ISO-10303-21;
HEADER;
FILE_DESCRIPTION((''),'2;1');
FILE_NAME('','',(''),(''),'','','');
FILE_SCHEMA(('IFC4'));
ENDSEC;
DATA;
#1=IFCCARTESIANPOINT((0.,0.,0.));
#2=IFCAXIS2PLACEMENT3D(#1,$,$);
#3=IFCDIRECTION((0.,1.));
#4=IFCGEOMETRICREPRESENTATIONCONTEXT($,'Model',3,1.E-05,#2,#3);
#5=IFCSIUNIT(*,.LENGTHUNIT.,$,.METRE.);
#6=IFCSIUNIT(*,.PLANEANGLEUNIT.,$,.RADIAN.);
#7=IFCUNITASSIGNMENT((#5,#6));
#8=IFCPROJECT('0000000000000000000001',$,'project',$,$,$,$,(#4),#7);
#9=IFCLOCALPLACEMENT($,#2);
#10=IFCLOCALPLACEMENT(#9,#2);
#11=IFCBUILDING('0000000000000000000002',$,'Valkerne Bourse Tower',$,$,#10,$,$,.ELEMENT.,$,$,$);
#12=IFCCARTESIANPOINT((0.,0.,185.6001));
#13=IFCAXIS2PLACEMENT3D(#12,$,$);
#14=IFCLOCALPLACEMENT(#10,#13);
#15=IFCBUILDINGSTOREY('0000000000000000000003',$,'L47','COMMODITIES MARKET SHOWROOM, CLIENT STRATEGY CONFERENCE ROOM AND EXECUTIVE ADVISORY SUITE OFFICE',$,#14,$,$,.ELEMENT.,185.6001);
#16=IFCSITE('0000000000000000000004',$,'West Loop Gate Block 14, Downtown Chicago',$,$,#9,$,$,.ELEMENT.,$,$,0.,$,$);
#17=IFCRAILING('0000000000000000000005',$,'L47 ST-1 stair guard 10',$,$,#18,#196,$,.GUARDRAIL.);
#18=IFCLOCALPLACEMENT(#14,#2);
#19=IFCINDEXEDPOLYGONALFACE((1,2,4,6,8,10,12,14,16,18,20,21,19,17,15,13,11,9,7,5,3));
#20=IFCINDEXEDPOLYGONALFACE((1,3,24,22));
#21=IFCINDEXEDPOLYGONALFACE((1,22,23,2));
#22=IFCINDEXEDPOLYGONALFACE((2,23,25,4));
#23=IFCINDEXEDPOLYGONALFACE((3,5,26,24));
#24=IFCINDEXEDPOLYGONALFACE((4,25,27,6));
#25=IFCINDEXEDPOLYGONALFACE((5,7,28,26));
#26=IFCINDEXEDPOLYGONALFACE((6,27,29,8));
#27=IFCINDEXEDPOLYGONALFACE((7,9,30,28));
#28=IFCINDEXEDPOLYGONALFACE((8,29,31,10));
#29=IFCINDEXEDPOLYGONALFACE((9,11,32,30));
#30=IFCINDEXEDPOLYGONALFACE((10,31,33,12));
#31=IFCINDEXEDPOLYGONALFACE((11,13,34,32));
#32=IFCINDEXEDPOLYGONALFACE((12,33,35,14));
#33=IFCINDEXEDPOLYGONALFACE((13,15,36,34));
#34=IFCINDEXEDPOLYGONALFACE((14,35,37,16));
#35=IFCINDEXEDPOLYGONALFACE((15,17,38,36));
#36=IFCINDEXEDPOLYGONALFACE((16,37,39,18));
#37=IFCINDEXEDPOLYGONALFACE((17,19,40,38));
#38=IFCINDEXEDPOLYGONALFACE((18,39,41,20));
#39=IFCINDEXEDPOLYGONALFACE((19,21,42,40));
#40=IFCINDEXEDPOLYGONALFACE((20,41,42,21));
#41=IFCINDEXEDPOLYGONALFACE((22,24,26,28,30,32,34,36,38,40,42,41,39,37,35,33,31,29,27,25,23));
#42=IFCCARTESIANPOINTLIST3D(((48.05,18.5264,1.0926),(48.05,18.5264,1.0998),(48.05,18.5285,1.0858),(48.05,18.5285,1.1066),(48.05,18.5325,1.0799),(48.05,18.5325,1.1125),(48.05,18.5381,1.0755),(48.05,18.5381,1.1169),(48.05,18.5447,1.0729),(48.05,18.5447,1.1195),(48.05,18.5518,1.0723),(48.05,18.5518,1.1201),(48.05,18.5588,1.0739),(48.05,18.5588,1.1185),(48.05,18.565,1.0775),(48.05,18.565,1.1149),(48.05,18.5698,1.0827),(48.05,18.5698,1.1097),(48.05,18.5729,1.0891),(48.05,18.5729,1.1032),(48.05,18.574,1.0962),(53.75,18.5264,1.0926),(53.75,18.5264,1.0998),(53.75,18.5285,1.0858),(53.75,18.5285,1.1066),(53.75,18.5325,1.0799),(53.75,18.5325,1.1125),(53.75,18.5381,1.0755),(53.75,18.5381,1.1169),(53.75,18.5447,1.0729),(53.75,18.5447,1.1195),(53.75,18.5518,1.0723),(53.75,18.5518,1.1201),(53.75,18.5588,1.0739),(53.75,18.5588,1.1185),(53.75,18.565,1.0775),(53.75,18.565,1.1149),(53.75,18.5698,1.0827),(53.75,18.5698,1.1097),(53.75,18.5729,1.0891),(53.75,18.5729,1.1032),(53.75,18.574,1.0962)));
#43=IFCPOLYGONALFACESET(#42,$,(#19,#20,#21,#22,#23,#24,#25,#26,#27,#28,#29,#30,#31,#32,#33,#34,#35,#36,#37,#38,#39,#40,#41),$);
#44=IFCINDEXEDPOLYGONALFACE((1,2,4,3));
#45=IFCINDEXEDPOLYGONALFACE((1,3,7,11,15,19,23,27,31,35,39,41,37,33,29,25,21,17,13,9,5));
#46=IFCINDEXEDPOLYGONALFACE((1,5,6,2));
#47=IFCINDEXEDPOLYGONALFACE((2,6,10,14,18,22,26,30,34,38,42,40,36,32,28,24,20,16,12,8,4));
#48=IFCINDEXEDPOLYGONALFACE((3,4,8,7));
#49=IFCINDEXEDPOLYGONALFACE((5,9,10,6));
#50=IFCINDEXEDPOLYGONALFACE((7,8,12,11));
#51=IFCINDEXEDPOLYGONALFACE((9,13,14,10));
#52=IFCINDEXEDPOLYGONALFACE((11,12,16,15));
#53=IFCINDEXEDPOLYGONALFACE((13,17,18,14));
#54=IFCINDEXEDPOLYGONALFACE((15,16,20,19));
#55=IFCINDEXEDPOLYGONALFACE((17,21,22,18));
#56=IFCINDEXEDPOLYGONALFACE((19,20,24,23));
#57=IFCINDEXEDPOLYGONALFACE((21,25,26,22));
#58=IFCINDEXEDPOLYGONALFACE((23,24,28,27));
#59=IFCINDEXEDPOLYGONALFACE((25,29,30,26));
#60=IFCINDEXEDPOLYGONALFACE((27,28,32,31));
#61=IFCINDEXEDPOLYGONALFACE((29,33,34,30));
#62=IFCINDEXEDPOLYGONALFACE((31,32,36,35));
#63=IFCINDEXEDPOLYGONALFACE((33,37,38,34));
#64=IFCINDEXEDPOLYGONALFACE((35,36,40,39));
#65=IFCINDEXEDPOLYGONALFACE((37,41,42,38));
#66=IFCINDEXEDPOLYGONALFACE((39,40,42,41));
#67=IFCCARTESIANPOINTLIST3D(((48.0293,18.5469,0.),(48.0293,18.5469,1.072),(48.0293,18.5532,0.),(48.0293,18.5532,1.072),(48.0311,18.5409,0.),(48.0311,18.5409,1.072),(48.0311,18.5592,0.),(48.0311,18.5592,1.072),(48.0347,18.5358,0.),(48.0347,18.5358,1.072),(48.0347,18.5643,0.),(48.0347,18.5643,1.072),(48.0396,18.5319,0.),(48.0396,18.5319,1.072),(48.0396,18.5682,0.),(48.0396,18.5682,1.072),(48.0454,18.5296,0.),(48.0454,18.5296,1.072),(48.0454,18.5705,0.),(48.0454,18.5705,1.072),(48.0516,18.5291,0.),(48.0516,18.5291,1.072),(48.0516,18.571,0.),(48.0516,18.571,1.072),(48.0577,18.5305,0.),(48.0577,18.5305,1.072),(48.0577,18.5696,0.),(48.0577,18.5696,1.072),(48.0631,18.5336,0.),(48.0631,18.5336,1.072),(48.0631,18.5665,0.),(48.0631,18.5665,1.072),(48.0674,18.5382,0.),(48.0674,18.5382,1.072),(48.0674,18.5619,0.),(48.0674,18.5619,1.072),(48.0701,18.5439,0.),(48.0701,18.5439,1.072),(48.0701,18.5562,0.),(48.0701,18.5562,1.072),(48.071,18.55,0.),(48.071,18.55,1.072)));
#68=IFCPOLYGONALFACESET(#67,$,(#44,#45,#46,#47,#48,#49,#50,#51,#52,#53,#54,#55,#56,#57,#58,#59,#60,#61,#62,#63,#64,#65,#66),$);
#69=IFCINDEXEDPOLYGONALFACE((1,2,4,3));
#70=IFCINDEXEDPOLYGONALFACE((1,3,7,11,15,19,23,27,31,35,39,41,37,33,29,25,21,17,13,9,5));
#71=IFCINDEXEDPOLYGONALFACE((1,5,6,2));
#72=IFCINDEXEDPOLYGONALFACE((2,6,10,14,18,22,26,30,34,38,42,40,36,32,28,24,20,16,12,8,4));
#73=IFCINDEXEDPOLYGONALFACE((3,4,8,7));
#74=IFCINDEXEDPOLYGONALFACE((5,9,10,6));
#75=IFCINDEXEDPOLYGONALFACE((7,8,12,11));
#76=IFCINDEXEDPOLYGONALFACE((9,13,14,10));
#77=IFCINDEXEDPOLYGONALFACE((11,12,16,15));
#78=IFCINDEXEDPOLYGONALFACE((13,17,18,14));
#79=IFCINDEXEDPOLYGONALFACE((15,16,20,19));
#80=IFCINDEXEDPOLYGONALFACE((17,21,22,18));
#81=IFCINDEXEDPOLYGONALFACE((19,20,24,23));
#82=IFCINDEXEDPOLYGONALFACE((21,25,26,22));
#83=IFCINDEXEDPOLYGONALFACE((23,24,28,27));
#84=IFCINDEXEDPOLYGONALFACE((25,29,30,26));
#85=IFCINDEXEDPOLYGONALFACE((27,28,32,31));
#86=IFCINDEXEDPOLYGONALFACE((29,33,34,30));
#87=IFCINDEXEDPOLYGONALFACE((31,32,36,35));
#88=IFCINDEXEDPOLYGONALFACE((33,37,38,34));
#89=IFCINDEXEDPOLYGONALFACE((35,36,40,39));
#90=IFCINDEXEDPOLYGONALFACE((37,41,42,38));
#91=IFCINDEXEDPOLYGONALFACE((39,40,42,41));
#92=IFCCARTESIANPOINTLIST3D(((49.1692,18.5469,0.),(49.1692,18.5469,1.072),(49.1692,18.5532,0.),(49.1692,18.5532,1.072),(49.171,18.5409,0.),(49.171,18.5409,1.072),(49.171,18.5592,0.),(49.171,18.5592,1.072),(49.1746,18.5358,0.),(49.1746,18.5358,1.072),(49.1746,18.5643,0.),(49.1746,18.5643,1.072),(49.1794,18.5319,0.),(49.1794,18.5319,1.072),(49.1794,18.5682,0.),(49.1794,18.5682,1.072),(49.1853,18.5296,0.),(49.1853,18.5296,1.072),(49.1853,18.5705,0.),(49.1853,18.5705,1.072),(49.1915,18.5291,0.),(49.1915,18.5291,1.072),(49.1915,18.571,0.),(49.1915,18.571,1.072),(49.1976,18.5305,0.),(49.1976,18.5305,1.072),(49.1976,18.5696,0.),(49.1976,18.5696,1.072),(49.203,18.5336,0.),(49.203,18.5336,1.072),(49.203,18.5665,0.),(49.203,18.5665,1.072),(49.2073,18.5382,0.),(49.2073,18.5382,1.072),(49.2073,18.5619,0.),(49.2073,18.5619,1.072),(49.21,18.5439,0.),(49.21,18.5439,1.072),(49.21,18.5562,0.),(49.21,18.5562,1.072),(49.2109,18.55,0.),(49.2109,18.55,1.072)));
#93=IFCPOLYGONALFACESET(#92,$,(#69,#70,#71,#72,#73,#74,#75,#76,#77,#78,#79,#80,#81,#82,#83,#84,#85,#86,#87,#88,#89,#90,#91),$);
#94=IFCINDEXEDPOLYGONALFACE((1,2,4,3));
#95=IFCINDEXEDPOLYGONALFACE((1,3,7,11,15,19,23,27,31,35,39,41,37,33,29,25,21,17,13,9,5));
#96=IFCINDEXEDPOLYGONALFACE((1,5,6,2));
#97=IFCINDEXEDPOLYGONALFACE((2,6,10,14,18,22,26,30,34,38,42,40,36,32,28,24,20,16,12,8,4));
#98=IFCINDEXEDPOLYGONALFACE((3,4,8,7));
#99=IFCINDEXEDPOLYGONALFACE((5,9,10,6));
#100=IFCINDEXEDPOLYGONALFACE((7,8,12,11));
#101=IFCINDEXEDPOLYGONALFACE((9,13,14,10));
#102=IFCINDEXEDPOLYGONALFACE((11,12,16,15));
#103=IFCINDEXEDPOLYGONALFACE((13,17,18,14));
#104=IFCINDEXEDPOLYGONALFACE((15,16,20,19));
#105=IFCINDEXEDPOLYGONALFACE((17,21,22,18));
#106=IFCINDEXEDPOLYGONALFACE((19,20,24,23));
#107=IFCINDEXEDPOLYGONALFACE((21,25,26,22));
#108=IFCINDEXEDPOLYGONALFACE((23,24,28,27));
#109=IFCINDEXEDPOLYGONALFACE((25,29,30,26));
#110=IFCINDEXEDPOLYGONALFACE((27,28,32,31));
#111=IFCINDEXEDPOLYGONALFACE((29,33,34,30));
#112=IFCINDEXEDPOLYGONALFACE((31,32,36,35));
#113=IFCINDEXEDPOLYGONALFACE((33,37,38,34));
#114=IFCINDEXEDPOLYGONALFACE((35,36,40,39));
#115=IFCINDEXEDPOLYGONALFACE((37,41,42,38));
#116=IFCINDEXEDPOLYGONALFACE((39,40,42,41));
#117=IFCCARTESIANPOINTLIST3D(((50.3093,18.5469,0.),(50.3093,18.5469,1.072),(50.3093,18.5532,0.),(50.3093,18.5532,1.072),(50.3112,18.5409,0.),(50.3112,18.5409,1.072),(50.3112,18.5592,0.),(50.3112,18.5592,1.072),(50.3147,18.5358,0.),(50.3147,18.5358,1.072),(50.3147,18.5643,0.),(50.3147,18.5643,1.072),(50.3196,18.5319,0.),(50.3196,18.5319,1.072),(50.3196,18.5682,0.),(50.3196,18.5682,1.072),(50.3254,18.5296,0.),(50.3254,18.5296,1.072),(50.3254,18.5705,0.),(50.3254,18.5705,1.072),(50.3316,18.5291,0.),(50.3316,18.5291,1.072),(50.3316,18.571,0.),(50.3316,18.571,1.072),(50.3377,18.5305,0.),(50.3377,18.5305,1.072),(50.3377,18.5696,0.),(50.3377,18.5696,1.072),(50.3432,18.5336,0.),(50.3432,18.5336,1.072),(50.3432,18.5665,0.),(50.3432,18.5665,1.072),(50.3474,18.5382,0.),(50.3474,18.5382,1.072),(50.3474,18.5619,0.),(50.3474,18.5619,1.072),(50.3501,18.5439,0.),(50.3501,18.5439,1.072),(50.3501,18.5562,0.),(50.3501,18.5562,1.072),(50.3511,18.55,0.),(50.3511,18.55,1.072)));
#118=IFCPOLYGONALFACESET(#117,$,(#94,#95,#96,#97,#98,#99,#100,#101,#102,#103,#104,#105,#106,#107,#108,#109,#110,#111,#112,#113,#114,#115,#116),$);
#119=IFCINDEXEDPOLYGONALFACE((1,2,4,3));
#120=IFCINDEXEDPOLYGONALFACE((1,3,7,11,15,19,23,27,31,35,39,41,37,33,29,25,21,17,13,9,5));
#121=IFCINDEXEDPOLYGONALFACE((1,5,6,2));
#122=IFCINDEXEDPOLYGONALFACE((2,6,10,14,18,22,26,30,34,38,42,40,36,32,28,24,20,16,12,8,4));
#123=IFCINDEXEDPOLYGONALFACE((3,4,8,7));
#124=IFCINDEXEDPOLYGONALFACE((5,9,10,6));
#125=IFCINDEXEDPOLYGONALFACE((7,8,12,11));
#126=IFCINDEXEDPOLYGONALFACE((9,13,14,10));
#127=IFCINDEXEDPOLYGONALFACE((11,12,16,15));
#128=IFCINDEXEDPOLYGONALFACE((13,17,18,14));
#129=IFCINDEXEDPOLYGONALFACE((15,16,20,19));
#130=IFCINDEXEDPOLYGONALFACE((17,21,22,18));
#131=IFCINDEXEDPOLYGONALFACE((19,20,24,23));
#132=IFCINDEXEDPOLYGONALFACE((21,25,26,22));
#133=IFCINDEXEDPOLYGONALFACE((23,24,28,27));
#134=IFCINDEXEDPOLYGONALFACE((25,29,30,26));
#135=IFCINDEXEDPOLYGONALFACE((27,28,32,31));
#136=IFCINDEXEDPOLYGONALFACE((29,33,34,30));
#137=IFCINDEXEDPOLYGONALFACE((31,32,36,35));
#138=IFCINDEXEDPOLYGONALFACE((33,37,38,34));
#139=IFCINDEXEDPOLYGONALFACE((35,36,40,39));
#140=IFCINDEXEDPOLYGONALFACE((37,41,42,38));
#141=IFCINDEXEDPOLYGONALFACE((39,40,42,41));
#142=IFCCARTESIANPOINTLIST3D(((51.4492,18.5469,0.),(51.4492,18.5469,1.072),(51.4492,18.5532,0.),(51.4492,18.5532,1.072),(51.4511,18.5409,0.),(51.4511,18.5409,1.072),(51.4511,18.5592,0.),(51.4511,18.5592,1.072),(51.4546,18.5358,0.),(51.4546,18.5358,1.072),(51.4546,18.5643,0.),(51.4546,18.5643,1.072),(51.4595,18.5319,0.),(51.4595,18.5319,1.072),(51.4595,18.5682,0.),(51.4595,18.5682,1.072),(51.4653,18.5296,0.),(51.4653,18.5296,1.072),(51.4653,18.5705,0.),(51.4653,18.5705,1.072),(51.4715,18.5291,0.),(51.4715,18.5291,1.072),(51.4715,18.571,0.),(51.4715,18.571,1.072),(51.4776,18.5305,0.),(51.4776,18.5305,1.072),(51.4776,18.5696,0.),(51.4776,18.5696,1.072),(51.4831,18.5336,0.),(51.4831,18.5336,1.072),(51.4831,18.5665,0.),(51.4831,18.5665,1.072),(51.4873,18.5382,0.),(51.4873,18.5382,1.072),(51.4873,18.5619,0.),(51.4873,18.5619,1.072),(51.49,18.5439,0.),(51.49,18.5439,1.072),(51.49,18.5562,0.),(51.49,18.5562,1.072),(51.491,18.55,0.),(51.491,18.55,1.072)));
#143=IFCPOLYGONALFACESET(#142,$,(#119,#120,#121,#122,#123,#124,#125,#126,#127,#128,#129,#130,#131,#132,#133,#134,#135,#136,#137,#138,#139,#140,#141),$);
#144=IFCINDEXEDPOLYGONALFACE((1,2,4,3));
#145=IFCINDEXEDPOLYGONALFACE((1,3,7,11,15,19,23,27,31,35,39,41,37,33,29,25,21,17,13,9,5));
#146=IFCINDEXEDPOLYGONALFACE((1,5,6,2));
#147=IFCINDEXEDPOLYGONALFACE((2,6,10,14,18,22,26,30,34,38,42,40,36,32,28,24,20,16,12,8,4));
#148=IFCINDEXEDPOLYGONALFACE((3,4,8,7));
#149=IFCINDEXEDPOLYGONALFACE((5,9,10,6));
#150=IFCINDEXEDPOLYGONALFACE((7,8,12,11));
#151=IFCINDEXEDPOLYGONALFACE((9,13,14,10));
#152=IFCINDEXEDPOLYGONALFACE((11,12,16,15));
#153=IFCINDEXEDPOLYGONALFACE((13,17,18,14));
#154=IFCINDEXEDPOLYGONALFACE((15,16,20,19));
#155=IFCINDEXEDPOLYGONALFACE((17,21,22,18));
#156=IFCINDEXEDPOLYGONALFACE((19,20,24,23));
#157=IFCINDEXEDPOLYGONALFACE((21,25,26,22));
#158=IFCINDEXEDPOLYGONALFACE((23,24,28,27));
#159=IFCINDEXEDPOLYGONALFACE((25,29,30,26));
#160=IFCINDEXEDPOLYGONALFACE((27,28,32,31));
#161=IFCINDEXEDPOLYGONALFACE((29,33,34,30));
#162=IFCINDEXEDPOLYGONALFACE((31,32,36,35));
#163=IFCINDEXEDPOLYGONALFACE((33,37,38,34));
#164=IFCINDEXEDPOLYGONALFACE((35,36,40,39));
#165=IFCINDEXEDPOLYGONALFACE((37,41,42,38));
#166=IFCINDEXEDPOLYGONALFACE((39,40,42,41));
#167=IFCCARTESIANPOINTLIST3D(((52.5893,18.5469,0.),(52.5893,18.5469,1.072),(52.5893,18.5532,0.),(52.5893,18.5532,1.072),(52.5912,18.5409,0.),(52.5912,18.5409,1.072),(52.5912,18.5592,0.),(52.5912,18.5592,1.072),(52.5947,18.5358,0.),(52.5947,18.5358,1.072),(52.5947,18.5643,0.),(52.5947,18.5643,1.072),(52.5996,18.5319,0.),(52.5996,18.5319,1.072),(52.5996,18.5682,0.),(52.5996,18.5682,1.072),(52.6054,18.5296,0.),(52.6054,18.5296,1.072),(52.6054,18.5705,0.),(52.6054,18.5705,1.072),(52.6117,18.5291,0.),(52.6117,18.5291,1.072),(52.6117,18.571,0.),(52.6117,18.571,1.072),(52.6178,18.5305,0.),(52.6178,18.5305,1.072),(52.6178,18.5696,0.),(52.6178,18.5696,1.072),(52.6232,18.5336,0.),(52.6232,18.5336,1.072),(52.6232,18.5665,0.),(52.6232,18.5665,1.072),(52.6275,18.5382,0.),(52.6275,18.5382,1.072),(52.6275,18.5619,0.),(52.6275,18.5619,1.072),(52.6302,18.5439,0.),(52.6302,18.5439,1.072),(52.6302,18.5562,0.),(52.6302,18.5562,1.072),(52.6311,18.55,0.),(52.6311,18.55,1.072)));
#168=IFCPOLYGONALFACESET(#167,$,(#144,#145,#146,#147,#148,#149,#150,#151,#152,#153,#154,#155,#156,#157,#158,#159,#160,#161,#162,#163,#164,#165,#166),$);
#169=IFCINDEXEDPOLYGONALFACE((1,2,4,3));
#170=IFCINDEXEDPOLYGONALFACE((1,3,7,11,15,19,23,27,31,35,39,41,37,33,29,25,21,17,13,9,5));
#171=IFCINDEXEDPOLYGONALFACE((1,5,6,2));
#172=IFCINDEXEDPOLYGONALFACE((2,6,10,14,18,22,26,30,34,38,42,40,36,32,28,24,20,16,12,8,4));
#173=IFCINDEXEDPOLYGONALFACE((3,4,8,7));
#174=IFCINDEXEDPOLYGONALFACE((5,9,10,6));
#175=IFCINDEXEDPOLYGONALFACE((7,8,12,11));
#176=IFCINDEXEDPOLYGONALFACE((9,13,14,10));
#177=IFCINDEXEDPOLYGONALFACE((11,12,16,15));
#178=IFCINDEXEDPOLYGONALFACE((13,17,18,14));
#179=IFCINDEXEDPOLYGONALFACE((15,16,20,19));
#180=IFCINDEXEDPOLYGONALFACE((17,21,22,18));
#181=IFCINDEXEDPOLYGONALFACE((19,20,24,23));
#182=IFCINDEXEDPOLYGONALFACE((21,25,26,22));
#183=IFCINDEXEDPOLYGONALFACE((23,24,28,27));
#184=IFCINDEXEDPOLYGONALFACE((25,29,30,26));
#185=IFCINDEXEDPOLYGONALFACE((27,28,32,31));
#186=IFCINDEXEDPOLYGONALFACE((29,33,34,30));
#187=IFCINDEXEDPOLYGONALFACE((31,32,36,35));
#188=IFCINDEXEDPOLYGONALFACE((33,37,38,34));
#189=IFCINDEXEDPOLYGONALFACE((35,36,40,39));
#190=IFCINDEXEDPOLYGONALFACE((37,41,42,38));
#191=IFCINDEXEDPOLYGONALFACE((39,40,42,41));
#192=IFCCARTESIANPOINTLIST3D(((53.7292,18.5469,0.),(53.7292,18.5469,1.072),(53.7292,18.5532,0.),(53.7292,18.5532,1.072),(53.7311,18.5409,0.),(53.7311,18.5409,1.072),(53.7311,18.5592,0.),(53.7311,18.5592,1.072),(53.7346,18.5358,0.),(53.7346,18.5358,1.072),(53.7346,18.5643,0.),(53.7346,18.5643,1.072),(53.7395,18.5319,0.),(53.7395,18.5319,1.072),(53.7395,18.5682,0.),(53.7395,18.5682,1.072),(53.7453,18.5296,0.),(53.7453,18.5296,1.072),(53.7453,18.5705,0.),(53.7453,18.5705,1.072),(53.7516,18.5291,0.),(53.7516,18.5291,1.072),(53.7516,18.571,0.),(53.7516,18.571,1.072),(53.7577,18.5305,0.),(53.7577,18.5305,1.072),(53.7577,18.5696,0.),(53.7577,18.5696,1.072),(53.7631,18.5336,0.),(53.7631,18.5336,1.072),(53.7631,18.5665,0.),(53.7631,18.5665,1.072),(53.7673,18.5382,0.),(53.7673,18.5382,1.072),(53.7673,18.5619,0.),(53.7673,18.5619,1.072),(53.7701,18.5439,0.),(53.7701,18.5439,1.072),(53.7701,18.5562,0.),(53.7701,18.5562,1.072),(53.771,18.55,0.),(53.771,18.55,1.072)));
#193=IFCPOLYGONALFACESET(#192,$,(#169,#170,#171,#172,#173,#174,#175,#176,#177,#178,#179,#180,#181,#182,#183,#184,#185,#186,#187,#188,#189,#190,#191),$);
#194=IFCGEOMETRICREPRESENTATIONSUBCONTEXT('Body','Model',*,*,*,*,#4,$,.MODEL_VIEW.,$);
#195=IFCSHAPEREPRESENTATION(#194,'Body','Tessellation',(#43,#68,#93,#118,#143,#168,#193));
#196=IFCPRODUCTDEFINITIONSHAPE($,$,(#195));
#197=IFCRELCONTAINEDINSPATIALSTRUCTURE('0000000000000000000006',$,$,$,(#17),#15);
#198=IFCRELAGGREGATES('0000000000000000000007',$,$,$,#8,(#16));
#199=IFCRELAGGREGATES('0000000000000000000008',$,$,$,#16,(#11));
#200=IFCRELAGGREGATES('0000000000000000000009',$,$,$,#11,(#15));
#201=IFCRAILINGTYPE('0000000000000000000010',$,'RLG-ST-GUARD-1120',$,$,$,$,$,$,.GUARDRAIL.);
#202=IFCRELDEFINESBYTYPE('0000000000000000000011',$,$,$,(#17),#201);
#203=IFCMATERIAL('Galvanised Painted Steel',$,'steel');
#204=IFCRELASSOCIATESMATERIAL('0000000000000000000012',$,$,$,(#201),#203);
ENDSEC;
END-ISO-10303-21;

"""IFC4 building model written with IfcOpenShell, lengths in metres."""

from ifc_helpers import new_model, si_unit, direction, frame, origin, origin_2d, place, context, subcontext, project, spatial, circle, extrude, material, type_object, element, save


model = new_model("IFC4")

# Units and contexts
model_context = context("Model", 3, precision=1e-05, world=origin(), true_north=direction((0.0, 1.0)))
body_context = subcontext(model_context, "Body", "Model", "MODEL_VIEW")
ifc_project = project(units=[si_unit("LENGTHUNIT", "METRE"), si_unit("PLANEANGLEUNIT", "RADIAN")], contexts=[model_context])

# Site, building, storey
site_placement = place(None, origin())
site = spatial("IfcSite", under=ifc_project, at=site_placement, Name="West Loop Gate Block 14, Downtown Chicago", CompositionType="ELEMENT", RefElevation=0.0)
building_placement = place(site_placement, origin())
building = spatial("IfcBuilding", under=site, at=building_placement, Name="Valkerne Bourse Tower", CompositionType="ELEMENT")
storey_placement = place(building_placement, frame((0.0, 0.0, 185.6001)))
storey = spatial("IfcBuildingStorey", under=building, at=storey_placement, Name="L47", Description="COMMODITIES MARKET SHOWROOM, CLIENT STRATEGY CONFERENCE ROOM AND EXECUTIVE ADVISORY SUITE OFFICE", CompositionType="ELEMENT", Elevation=185.6001)

# Shared definitions
ifc_material_1 = material(Name="Galvanised Painted Steel", Category="steel")

# Railing
railing_type_1 = type_object("IfcRailingType", Name="RLG-ST-GUARD-1120", PredefinedType="GUARDRAIL", material=ifc_material_1)
for number, where, name in (
    (1, (48.05, 18.55, 0.0), "L47 ST-1 stair guard 10"),
):
    element("IfcRailing", number, at=place(storey_placement, frame(where)), inside=storey, type_object=railing_type_1, Name=name, PredefinedType="GUARDRAIL", context=body_context, shape_type="SweptSolid", body=[
        extrude(circle(Radius=0.0239, at=origin_2d()), frame((0.0, 0.0, 1.0962), z_axis=(1.0, 0.0, 0.0), x_axis=(0.0, 1.0, 0.0)), (0.0, 0.0, 1.0), 5.7),
        extrude(circle(Radius=0.021, at=origin_2d()), origin(), (0.0, 0.0, 1.0), 1.072),
        extrude(circle(Radius=0.021, at=origin_2d()), frame((1.1399, 0.0, 0.0)), (0.0, 0.0, 1.0), 1.072),
        extrude(circle(Radius=0.021, at=origin_2d()), frame((2.28, 0.0, 0.0)), (0.0, 0.0, 1.0), 1.072),
        extrude(circle(Radius=0.021, at=origin_2d()), frame((3.4199, 0.0, 0.0)), (0.0, 0.0, 1.0), 1.072),
        extrude(circle(Radius=0.021, at=origin_2d()), frame((4.5601, 0.0, 0.0)), (0.0, 0.0, 1.0), 1.072),
        extrude(circle(Radius=0.021, at=origin_2d()), frame((5.7, 0.0, 0.0)), (0.0, 0.0, 1.0), 1.072),
    ])

save(model, "model.ifc")
